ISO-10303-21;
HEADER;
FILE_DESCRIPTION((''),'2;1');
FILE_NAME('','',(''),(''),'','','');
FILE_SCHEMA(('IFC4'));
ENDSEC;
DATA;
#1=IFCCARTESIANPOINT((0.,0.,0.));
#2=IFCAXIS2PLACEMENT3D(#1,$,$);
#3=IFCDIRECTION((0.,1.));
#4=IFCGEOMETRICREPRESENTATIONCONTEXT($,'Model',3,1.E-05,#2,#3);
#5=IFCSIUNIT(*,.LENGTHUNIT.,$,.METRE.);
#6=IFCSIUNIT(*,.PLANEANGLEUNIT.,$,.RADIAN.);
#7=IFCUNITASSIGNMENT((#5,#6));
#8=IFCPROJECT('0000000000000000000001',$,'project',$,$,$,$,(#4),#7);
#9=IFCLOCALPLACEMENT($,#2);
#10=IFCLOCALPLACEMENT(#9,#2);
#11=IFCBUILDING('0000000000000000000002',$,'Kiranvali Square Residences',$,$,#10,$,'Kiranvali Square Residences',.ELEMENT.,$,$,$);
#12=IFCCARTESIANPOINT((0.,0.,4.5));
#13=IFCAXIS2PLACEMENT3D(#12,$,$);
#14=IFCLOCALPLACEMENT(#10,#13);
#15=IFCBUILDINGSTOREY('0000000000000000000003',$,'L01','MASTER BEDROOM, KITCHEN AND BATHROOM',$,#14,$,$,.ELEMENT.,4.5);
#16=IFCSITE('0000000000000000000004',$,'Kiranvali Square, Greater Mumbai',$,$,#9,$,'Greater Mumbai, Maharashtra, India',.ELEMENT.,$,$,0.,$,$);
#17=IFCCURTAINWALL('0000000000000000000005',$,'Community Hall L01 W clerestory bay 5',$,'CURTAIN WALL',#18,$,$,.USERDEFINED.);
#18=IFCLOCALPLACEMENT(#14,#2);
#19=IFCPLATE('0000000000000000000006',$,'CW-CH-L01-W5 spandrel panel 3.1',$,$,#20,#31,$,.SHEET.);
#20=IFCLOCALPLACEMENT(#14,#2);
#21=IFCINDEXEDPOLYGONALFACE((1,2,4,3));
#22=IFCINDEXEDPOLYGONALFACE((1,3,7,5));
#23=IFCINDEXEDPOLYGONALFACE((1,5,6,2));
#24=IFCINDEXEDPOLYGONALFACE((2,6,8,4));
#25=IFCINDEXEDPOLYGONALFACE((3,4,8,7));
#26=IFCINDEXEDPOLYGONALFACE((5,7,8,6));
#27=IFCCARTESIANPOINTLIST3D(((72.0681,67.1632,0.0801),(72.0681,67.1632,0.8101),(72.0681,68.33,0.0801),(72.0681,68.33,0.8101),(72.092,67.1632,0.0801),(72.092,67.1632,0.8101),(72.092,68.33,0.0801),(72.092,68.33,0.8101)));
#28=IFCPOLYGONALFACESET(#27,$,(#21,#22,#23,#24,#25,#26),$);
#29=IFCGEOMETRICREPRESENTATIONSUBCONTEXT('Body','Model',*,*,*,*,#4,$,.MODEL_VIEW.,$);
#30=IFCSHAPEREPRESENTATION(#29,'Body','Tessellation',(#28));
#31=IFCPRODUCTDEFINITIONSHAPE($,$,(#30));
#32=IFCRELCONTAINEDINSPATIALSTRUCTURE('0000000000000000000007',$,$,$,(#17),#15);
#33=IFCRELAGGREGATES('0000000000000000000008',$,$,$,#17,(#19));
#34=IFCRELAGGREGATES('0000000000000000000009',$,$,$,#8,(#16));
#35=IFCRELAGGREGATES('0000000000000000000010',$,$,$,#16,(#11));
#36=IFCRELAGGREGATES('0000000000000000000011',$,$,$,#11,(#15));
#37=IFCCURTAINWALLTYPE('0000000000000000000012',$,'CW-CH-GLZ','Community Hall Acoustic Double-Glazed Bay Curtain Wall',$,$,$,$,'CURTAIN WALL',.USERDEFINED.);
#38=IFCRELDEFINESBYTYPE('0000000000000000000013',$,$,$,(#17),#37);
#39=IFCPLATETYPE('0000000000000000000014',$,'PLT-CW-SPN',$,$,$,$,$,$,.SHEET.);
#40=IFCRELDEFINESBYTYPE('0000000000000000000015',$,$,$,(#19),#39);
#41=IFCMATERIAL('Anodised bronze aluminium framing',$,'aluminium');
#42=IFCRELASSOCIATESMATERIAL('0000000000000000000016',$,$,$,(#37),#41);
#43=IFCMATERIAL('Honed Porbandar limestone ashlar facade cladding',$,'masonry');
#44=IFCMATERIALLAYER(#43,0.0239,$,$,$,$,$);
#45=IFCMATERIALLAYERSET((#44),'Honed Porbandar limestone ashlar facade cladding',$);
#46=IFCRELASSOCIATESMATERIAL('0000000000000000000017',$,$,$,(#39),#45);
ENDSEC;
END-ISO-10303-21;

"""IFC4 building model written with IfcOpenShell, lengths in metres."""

from ifc_helpers import new_model, si_unit, direction, frame, origin, origin_2d, place, context, subcontext, project, spatial, rectangle, extrude, material, layer, layer_set, type_object, element, aggregate, save


model = new_model("IFC4")

# Units and contexts
model_context = context("Model", 3, precision=1e-05, world=origin(), true_north=direction((0.0, 1.0)))
body_context = subcontext(model_context, "Body", "Model", "MODEL_VIEW")
ifc_project = project(units=[si_unit("LENGTHUNIT", "METRE"), si_unit("PLANEANGLEUNIT", "RADIAN")], contexts=[model_context])

# Site, building, storey
site_placement = place(None, origin())
site = spatial("IfcSite", under=ifc_project, at=site_placement, Name="Kiranvali Square, Greater Mumbai", LongName="Greater Mumbai, Maharashtra, India", CompositionType="ELEMENT", RefElevation=0.0)
building_placement = place(site_placement, origin())
building = spatial("IfcBuilding", under=site, at=building_placement, Name="Kiranvali Square Residences", LongName="Kiranvali Square Residences", CompositionType="ELEMENT")
storey_placement = place(building_placement, frame((0.0, 0.0, 4.5)))
storey = spatial("IfcBuildingStorey", under=building, at=storey_placement, Name="L01", Description="MASTER BEDROOM, KITCHEN AND BATHROOM", CompositionType="ELEMENT", Elevation=4.5)

# Curtain wall
ifc_material_1 = material(Name="Anodised bronze aluminium framing", Category="aluminium")
curtain_wall_type = type_object("IfcCurtainWallType", Name="CW-CH-GLZ", Description="Community Hall Acoustic Double-Glazed Bay Curtain Wall", ElementType="CURTAIN WALL", PredefinedType="USERDEFINED", material=ifc_material_1)
curtain_wall_1_placement = place(storey_placement, origin())
curtain_wall_1 = element("IfcCurtainWall", 1, at=curtain_wall_1_placement, inside=storey, type_object=curtain_wall_type, Name="Community Hall L01 W clerestory bay 5", ObjectType="CURTAIN WALL", PredefinedType="USERDEFINED")

# Plate
ifc_material_2 = material(Name="Honed Porbandar limestone ashlar facade cladding", Category="masonry")
ifc_layer_1 = layer(ifc_material_2, 0.0239)
ifc_layer_set_1 = layer_set([ifc_layer_1], Name="Honed Porbandar limestone ashlar facade cladding")
plate_type_1 = type_object("IfcPlateType", Name="PLT-CW-SPN", PredefinedType="SHEET", material=ifc_layer_set_1)
plate_1_placement = place(storey_placement, frame((72.0801, 67.7466, 0.0801), z_axis=(0.0, 0.0, 1.0), x_axis=(0.0, 1.0, 0.0)))
plate_1 = element("IfcPlate", 2, at=plate_1_placement, type_object=plate_type_1, Name="CW-CH-L01-W5 spandrel panel 3.1", PredefinedType="SHEET", context=body_context, shape_type="SweptSolid", body=[
    extrude(rectangle(XDim=1.1667, YDim=0.0239, at=origin_2d()), origin(), (0.0, 0.0, 1.0), 0.73),
])
aggregate(curtain_wall_1, [plate_1])

save(model, "model.ifc")
